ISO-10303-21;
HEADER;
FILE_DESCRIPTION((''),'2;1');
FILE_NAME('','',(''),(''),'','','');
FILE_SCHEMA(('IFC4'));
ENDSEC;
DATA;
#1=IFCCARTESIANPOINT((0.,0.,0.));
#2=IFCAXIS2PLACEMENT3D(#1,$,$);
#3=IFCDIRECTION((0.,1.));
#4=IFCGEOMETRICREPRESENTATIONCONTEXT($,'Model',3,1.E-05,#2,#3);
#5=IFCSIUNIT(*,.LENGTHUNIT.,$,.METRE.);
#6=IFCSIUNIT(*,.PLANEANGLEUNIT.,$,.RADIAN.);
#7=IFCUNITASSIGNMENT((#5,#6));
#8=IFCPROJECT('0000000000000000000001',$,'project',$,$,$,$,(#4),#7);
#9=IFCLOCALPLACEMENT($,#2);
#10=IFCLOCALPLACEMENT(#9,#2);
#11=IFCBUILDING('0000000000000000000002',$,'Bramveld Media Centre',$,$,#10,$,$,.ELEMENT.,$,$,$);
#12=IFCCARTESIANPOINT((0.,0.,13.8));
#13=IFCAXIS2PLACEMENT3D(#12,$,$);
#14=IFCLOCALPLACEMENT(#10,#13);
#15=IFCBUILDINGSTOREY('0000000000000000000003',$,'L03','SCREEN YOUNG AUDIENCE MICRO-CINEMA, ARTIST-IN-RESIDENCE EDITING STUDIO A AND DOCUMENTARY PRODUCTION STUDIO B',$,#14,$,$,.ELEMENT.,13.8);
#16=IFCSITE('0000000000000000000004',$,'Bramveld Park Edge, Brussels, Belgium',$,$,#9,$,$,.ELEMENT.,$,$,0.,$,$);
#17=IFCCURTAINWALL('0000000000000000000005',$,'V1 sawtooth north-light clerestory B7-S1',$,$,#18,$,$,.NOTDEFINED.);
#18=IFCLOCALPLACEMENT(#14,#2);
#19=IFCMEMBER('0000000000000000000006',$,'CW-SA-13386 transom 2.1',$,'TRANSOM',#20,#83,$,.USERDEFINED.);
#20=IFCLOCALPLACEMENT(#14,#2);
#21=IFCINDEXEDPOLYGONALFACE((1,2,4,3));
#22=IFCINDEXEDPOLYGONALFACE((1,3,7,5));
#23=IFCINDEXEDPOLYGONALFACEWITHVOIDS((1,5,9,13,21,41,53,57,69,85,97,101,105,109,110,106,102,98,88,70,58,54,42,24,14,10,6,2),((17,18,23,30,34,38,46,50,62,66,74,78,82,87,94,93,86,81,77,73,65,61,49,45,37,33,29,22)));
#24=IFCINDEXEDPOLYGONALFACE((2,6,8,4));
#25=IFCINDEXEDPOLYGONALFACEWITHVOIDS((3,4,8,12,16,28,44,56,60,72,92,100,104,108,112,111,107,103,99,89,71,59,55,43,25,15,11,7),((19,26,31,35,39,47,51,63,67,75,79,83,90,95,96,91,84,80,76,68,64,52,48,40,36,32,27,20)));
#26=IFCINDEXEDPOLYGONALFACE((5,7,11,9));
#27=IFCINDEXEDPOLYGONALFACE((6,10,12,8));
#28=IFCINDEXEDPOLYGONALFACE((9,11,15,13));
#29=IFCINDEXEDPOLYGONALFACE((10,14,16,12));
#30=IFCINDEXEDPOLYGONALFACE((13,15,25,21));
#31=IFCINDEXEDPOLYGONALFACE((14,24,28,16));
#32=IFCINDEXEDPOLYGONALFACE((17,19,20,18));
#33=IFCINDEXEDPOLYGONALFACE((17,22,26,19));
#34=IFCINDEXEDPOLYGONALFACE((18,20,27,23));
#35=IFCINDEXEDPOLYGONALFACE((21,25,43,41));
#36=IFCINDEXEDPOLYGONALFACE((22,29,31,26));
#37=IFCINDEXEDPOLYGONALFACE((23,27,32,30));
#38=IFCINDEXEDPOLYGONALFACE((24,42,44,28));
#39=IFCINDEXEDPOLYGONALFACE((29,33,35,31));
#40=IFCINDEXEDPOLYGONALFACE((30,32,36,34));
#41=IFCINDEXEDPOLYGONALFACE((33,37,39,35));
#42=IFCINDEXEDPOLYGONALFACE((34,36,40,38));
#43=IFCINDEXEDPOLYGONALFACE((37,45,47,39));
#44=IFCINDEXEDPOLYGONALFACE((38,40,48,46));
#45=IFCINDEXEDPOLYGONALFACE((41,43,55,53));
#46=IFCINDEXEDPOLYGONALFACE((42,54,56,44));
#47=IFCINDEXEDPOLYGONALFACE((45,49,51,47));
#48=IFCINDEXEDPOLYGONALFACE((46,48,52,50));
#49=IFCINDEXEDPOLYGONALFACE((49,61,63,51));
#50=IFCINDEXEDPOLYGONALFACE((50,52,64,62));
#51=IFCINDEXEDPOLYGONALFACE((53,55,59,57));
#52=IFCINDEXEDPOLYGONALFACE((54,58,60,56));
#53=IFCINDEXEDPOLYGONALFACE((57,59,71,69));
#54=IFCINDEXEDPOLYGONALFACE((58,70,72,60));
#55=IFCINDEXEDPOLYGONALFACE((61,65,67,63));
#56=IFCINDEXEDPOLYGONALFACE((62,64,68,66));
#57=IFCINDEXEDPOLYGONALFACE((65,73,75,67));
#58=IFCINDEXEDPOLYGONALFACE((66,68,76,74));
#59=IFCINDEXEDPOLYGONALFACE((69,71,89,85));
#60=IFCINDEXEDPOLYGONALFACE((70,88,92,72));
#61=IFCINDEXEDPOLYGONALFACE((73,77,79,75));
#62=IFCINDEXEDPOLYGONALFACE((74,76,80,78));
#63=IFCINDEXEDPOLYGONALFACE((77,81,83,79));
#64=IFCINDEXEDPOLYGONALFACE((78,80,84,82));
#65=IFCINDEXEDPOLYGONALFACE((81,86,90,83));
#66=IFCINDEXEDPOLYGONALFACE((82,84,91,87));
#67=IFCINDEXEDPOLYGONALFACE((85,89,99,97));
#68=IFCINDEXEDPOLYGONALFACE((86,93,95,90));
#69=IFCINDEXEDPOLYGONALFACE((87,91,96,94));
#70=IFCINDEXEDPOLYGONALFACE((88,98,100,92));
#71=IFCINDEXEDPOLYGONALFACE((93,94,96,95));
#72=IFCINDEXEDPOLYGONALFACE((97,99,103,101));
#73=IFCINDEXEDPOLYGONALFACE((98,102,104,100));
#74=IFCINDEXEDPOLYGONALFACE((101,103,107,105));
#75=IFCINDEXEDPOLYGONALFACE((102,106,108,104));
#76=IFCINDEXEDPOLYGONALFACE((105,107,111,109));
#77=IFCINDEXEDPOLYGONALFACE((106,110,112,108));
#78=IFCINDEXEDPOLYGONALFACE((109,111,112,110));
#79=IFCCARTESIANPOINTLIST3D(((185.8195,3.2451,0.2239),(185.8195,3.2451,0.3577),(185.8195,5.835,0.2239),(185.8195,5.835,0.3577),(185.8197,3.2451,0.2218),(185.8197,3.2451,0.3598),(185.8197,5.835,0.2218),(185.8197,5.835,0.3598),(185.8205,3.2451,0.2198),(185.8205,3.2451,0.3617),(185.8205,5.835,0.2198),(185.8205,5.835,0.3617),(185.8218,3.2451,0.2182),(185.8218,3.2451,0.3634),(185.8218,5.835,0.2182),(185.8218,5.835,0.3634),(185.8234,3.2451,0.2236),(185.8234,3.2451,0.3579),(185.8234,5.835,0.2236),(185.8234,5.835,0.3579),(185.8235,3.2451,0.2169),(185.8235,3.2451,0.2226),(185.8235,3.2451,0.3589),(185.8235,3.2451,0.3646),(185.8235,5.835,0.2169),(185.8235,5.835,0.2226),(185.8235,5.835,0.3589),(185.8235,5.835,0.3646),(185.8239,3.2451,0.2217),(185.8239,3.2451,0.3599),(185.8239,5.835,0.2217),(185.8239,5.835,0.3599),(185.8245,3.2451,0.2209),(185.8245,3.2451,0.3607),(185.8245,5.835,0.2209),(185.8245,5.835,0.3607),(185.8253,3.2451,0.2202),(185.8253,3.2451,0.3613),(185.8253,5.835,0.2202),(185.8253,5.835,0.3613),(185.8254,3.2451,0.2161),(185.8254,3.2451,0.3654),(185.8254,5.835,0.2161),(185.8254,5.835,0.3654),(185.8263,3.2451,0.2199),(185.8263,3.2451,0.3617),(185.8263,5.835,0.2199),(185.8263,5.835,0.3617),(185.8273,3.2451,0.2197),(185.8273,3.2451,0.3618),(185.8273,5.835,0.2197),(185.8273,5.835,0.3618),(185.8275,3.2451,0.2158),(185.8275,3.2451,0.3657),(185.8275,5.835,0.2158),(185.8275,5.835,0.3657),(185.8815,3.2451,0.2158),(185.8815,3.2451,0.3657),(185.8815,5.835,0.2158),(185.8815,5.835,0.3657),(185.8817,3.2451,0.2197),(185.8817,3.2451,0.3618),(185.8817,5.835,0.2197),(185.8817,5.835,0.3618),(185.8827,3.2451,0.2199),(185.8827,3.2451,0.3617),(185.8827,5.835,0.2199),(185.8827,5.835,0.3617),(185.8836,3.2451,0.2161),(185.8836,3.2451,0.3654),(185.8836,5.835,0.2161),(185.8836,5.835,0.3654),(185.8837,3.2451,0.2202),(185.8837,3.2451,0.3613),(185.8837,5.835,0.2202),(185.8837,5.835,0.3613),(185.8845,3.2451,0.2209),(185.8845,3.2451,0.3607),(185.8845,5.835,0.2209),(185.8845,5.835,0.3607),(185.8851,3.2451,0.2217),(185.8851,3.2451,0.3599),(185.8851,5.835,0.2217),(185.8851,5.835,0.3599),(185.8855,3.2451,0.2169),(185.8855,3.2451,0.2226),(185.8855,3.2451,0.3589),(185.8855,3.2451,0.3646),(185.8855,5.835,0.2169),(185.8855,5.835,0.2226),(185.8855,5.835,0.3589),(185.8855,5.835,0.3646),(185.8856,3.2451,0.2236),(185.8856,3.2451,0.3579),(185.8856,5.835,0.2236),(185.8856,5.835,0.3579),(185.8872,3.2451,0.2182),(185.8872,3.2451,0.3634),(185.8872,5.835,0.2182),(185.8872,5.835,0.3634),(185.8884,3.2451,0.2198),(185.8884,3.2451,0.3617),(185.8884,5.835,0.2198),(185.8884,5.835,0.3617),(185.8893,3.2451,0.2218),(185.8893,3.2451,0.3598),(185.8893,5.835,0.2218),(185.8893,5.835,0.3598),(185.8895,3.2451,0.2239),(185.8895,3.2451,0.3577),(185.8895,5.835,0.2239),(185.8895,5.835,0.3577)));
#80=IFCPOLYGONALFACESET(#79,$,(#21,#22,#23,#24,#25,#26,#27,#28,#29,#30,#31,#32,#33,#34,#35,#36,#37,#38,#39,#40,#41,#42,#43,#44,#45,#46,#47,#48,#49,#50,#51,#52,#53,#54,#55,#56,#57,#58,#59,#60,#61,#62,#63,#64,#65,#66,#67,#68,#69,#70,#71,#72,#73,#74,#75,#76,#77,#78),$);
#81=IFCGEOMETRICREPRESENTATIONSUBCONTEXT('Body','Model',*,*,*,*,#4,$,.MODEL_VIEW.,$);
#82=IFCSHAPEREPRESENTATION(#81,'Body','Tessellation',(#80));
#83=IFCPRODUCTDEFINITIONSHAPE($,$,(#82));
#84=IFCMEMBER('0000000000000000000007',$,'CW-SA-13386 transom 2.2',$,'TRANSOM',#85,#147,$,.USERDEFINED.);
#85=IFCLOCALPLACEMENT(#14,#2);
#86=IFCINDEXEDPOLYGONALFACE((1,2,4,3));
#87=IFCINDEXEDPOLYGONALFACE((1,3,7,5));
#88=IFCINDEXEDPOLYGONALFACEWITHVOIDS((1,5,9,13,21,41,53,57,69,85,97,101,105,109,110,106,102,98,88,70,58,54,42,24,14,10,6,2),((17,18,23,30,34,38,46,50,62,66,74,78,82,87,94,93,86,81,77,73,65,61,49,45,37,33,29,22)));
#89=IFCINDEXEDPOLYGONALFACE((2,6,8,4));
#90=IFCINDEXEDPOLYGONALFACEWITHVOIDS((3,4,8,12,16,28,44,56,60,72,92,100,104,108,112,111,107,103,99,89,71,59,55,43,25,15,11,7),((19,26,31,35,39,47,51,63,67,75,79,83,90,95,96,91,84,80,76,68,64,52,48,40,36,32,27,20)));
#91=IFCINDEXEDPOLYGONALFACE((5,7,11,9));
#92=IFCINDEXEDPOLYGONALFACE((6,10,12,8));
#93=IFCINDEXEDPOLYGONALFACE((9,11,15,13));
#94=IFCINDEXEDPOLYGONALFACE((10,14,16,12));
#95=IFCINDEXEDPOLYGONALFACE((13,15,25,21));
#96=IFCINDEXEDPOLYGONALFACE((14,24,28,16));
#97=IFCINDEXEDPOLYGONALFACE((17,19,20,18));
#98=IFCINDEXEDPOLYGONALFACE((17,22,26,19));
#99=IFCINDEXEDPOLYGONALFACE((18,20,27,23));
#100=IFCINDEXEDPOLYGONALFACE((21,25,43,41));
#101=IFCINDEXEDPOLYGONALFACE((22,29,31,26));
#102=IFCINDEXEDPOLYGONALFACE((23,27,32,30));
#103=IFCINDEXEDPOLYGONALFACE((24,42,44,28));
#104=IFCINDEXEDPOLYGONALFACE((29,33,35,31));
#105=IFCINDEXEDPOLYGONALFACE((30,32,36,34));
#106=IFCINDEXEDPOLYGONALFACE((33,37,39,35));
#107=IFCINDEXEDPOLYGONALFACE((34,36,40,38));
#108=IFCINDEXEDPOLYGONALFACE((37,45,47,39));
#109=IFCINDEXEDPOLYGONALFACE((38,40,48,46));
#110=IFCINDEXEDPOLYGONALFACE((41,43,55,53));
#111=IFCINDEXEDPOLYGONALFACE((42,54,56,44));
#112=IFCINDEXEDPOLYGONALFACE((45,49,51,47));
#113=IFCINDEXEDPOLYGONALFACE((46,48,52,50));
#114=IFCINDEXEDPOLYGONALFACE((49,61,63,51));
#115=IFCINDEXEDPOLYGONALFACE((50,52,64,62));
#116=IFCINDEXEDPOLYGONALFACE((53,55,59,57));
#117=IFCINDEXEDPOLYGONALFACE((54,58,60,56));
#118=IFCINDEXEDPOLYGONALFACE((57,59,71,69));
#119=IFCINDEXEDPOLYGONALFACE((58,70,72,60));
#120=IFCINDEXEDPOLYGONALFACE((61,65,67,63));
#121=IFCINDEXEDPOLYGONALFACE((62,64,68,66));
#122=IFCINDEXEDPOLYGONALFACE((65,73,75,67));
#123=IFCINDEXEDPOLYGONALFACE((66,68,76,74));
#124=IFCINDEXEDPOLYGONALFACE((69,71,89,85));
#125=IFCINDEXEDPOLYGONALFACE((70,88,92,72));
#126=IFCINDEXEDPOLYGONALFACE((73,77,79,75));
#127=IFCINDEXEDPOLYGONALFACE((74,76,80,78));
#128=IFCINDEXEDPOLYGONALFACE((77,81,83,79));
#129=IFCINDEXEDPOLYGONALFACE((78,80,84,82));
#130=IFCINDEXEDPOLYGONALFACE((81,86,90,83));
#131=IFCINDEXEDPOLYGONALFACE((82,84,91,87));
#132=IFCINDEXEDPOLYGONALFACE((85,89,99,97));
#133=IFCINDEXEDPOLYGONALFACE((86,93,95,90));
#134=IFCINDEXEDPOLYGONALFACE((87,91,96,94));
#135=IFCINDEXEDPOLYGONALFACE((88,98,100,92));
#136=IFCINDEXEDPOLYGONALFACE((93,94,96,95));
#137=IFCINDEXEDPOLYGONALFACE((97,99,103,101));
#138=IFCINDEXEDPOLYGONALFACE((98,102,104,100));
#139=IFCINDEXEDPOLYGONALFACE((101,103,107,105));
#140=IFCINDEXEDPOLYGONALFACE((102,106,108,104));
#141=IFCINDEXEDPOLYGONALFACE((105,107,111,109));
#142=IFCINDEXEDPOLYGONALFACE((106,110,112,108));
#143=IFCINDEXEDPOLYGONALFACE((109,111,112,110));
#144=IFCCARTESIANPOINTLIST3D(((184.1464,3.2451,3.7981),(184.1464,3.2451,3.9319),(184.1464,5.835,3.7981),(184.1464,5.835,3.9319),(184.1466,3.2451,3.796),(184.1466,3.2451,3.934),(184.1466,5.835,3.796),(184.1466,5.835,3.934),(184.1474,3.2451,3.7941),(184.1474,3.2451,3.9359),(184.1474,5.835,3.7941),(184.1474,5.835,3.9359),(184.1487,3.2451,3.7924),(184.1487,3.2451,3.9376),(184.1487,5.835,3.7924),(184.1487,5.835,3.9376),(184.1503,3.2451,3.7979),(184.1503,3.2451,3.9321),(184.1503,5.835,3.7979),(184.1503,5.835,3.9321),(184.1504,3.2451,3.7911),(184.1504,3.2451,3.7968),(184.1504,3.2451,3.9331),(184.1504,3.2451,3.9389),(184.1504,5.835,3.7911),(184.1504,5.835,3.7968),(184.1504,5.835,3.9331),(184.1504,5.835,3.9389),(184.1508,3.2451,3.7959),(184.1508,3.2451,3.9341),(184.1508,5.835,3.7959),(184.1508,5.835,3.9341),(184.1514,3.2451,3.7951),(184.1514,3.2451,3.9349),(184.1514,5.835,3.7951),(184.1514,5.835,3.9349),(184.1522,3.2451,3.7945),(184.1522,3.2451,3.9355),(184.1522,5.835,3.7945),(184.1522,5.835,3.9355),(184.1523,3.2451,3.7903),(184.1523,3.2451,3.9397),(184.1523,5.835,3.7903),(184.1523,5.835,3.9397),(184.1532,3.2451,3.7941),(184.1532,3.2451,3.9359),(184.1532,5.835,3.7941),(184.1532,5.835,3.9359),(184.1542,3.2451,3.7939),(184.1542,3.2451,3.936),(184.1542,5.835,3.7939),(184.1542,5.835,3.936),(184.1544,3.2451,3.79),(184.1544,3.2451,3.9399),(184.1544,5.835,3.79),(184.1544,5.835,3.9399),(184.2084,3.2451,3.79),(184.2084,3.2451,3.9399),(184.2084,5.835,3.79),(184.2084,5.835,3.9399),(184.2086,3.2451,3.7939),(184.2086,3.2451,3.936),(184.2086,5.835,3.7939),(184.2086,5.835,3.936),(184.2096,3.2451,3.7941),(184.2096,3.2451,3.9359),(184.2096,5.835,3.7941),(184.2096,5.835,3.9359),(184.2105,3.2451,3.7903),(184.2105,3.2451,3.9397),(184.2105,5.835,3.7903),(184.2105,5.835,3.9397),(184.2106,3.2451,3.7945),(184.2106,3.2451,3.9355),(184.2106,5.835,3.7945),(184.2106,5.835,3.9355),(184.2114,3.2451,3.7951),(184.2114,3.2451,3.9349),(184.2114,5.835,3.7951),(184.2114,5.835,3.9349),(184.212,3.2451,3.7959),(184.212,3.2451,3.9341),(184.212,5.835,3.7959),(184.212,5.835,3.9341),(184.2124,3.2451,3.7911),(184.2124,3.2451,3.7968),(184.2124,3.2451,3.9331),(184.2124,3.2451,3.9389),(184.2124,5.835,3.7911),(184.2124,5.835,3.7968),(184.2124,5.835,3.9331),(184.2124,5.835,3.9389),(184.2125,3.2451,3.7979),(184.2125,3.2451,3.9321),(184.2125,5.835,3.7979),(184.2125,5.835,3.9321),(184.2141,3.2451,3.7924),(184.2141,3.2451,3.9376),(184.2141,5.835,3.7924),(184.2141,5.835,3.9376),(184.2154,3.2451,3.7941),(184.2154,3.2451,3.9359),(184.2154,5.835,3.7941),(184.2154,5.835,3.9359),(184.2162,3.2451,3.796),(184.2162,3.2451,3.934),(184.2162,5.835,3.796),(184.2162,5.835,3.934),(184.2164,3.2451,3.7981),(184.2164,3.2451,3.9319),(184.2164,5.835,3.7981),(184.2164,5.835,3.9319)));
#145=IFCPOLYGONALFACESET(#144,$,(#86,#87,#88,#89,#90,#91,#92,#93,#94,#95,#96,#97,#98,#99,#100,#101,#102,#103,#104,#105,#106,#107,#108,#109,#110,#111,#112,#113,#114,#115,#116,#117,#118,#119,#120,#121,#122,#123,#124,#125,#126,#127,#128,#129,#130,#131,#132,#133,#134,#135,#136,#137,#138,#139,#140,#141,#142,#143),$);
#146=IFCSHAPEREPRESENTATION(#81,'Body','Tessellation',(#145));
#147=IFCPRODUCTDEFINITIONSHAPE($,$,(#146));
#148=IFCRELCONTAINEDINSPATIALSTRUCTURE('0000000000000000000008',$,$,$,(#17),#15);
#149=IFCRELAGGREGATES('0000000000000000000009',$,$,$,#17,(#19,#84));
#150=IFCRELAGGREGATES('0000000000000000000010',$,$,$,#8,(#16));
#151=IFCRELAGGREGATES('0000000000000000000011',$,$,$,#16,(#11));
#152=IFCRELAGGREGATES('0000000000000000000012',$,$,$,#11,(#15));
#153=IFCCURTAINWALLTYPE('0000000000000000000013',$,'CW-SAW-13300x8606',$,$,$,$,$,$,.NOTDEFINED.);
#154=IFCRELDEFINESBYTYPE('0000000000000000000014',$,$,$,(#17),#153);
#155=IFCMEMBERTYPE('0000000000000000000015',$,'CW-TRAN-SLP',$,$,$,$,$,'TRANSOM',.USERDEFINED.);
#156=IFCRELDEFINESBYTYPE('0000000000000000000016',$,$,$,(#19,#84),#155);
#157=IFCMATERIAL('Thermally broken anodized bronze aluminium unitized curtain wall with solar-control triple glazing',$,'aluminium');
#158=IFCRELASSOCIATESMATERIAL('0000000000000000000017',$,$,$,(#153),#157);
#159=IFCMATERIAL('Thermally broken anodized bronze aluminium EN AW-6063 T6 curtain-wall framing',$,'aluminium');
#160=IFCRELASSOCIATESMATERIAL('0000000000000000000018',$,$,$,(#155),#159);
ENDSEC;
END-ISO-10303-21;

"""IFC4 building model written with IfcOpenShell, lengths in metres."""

from ifc_helpers import new_model, si_unit, direction, frame, origin, origin_2d, place, context, subcontext, project, spatial, hollow_rectangle, extrude, material, material_profile, profile_set, type_object, element, aggregate, save


model = new_model("IFC4")

# Units and contexts
model_context = context("Model", 3, precision=1e-05, world=origin(), true_north=direction((0.0, 1.0)))
body_context = subcontext(model_context, "Body", "Model", "MODEL_VIEW")
ifc_project = project(units=[si_unit("LENGTHUNIT", "METRE"), si_unit("PLANEANGLEUNIT", "RADIAN")], contexts=[model_context])

# Site, building, storey
site_placement = place(None, origin())
site = spatial("IfcSite", under=ifc_project, at=site_placement, Name="Bramveld Park Edge, Brussels, Belgium", CompositionType="ELEMENT", RefElevation=0.0)
building_placement = place(site_placement, origin())
building = spatial("IfcBuilding", under=site, at=building_placement, Name="Bramveld Media Centre", CompositionType="ELEMENT")
storey_placement = place(building_placement, frame((0.0, 0.0, 13.8)))
storey = spatial("IfcBuildingStorey", under=building, at=storey_placement, Name="L03", Description="SCREEN YOUNG AUDIENCE MICRO-CINEMA, ARTIST-IN-RESIDENCE EDITING STUDIO A AND DOCUMENTARY PRODUCTION STUDIO B", CompositionType="ELEMENT", Elevation=13.8)

# Curtain wall, members
ifc_material_1 = material(Name="Thermally broken anodized bronze aluminium unitized curtain wall with solar-control triple glazing", Category="aluminium")
curtain_wall_type = type_object("IfcCurtainWallType", Name="CW-SAW-13300x8606", PredefinedType="NOTDEFINED", material=ifc_material_1)
curtain_wall_placement = place(storey_placement, origin())
curtain_wall = element("IfcCurtainWall", 1, at=curtain_wall_placement, inside=storey, type_object=curtain_wall_type, Name="V1 sawtooth north-light clerestory B7-S1", PredefinedType="NOTDEFINED")
ifc_material_2 = material(Name="Thermally broken anodized bronze aluminium EN AW-6063 T6 curtain-wall framing", Category="aluminium")
ifc_material_profile_1 = material_profile(ifc_material_2, hollow_rectangle(XDim=0.0701, YDim=0.1499, WallThickness=0.0039, InnerFilletRadius=0.0039, OuterFilletRadius=0.0081, at=origin_2d()), Name="AL-TRAN 70x150")
ifc_profile_set_1 = profile_set([ifc_material_profile_1], Name="Thermally broken anodized bronze aluminium EN AW-6063 T6 curtain-wall framing")
member_type_1 = type_object("IfcMemberType", Name="CW-TRAN-SLP", ElementType="TRANSOM", PredefinedType="USERDEFINED", material=ifc_profile_set_1)
member_1_placement = place(storey_placement, frame((185.8545, 3.2451, 0.2908), z_axis=(0.0, 1.0, 0.0), x_axis=(-1.0, 0.0, 0.0)))
member_1 = element("IfcMember", 2, at=member_1_placement, type_object=member_type_1, Name="CW-SA-13386 transom 2.1", ObjectType="TRANSOM", PredefinedType="USERDEFINED", context=body_context, shape_type="SweptSolid", body=[
    extrude(hollow_rectangle(XDim=0.0701, YDim=0.1499, WallThickness=0.0039, InnerFilletRadius=0.0039, OuterFilletRadius=0.0081, at=origin_2d()), origin(), (0.0, 0.0, 1.0), 2.5898),
])
member_2_placement = place(storey_placement, frame((184.1814, 3.2451, 3.865), z_axis=(0.0, 1.0, 0.0), x_axis=(-1.0, 0.0, 0.0)))
member_2 = element("IfcMember", 3, at=member_2_placement, type_object=member_type_1, Name="CW-SA-13386 transom 2.2", ObjectType="TRANSOM", PredefinedType="USERDEFINED", context=body_context, shape_type="SweptSolid", body=[
    extrude(hollow_rectangle(XDim=0.0701, YDim=0.1499, WallThickness=0.0039, InnerFilletRadius=0.0039, OuterFilletRadius=0.0081, at=origin_2d()), origin(), (0.0, 0.0, 1.0), 2.5898),
])

aggregate(curtain_wall, [member_1, member_2])

save(model, "model.ifc")
